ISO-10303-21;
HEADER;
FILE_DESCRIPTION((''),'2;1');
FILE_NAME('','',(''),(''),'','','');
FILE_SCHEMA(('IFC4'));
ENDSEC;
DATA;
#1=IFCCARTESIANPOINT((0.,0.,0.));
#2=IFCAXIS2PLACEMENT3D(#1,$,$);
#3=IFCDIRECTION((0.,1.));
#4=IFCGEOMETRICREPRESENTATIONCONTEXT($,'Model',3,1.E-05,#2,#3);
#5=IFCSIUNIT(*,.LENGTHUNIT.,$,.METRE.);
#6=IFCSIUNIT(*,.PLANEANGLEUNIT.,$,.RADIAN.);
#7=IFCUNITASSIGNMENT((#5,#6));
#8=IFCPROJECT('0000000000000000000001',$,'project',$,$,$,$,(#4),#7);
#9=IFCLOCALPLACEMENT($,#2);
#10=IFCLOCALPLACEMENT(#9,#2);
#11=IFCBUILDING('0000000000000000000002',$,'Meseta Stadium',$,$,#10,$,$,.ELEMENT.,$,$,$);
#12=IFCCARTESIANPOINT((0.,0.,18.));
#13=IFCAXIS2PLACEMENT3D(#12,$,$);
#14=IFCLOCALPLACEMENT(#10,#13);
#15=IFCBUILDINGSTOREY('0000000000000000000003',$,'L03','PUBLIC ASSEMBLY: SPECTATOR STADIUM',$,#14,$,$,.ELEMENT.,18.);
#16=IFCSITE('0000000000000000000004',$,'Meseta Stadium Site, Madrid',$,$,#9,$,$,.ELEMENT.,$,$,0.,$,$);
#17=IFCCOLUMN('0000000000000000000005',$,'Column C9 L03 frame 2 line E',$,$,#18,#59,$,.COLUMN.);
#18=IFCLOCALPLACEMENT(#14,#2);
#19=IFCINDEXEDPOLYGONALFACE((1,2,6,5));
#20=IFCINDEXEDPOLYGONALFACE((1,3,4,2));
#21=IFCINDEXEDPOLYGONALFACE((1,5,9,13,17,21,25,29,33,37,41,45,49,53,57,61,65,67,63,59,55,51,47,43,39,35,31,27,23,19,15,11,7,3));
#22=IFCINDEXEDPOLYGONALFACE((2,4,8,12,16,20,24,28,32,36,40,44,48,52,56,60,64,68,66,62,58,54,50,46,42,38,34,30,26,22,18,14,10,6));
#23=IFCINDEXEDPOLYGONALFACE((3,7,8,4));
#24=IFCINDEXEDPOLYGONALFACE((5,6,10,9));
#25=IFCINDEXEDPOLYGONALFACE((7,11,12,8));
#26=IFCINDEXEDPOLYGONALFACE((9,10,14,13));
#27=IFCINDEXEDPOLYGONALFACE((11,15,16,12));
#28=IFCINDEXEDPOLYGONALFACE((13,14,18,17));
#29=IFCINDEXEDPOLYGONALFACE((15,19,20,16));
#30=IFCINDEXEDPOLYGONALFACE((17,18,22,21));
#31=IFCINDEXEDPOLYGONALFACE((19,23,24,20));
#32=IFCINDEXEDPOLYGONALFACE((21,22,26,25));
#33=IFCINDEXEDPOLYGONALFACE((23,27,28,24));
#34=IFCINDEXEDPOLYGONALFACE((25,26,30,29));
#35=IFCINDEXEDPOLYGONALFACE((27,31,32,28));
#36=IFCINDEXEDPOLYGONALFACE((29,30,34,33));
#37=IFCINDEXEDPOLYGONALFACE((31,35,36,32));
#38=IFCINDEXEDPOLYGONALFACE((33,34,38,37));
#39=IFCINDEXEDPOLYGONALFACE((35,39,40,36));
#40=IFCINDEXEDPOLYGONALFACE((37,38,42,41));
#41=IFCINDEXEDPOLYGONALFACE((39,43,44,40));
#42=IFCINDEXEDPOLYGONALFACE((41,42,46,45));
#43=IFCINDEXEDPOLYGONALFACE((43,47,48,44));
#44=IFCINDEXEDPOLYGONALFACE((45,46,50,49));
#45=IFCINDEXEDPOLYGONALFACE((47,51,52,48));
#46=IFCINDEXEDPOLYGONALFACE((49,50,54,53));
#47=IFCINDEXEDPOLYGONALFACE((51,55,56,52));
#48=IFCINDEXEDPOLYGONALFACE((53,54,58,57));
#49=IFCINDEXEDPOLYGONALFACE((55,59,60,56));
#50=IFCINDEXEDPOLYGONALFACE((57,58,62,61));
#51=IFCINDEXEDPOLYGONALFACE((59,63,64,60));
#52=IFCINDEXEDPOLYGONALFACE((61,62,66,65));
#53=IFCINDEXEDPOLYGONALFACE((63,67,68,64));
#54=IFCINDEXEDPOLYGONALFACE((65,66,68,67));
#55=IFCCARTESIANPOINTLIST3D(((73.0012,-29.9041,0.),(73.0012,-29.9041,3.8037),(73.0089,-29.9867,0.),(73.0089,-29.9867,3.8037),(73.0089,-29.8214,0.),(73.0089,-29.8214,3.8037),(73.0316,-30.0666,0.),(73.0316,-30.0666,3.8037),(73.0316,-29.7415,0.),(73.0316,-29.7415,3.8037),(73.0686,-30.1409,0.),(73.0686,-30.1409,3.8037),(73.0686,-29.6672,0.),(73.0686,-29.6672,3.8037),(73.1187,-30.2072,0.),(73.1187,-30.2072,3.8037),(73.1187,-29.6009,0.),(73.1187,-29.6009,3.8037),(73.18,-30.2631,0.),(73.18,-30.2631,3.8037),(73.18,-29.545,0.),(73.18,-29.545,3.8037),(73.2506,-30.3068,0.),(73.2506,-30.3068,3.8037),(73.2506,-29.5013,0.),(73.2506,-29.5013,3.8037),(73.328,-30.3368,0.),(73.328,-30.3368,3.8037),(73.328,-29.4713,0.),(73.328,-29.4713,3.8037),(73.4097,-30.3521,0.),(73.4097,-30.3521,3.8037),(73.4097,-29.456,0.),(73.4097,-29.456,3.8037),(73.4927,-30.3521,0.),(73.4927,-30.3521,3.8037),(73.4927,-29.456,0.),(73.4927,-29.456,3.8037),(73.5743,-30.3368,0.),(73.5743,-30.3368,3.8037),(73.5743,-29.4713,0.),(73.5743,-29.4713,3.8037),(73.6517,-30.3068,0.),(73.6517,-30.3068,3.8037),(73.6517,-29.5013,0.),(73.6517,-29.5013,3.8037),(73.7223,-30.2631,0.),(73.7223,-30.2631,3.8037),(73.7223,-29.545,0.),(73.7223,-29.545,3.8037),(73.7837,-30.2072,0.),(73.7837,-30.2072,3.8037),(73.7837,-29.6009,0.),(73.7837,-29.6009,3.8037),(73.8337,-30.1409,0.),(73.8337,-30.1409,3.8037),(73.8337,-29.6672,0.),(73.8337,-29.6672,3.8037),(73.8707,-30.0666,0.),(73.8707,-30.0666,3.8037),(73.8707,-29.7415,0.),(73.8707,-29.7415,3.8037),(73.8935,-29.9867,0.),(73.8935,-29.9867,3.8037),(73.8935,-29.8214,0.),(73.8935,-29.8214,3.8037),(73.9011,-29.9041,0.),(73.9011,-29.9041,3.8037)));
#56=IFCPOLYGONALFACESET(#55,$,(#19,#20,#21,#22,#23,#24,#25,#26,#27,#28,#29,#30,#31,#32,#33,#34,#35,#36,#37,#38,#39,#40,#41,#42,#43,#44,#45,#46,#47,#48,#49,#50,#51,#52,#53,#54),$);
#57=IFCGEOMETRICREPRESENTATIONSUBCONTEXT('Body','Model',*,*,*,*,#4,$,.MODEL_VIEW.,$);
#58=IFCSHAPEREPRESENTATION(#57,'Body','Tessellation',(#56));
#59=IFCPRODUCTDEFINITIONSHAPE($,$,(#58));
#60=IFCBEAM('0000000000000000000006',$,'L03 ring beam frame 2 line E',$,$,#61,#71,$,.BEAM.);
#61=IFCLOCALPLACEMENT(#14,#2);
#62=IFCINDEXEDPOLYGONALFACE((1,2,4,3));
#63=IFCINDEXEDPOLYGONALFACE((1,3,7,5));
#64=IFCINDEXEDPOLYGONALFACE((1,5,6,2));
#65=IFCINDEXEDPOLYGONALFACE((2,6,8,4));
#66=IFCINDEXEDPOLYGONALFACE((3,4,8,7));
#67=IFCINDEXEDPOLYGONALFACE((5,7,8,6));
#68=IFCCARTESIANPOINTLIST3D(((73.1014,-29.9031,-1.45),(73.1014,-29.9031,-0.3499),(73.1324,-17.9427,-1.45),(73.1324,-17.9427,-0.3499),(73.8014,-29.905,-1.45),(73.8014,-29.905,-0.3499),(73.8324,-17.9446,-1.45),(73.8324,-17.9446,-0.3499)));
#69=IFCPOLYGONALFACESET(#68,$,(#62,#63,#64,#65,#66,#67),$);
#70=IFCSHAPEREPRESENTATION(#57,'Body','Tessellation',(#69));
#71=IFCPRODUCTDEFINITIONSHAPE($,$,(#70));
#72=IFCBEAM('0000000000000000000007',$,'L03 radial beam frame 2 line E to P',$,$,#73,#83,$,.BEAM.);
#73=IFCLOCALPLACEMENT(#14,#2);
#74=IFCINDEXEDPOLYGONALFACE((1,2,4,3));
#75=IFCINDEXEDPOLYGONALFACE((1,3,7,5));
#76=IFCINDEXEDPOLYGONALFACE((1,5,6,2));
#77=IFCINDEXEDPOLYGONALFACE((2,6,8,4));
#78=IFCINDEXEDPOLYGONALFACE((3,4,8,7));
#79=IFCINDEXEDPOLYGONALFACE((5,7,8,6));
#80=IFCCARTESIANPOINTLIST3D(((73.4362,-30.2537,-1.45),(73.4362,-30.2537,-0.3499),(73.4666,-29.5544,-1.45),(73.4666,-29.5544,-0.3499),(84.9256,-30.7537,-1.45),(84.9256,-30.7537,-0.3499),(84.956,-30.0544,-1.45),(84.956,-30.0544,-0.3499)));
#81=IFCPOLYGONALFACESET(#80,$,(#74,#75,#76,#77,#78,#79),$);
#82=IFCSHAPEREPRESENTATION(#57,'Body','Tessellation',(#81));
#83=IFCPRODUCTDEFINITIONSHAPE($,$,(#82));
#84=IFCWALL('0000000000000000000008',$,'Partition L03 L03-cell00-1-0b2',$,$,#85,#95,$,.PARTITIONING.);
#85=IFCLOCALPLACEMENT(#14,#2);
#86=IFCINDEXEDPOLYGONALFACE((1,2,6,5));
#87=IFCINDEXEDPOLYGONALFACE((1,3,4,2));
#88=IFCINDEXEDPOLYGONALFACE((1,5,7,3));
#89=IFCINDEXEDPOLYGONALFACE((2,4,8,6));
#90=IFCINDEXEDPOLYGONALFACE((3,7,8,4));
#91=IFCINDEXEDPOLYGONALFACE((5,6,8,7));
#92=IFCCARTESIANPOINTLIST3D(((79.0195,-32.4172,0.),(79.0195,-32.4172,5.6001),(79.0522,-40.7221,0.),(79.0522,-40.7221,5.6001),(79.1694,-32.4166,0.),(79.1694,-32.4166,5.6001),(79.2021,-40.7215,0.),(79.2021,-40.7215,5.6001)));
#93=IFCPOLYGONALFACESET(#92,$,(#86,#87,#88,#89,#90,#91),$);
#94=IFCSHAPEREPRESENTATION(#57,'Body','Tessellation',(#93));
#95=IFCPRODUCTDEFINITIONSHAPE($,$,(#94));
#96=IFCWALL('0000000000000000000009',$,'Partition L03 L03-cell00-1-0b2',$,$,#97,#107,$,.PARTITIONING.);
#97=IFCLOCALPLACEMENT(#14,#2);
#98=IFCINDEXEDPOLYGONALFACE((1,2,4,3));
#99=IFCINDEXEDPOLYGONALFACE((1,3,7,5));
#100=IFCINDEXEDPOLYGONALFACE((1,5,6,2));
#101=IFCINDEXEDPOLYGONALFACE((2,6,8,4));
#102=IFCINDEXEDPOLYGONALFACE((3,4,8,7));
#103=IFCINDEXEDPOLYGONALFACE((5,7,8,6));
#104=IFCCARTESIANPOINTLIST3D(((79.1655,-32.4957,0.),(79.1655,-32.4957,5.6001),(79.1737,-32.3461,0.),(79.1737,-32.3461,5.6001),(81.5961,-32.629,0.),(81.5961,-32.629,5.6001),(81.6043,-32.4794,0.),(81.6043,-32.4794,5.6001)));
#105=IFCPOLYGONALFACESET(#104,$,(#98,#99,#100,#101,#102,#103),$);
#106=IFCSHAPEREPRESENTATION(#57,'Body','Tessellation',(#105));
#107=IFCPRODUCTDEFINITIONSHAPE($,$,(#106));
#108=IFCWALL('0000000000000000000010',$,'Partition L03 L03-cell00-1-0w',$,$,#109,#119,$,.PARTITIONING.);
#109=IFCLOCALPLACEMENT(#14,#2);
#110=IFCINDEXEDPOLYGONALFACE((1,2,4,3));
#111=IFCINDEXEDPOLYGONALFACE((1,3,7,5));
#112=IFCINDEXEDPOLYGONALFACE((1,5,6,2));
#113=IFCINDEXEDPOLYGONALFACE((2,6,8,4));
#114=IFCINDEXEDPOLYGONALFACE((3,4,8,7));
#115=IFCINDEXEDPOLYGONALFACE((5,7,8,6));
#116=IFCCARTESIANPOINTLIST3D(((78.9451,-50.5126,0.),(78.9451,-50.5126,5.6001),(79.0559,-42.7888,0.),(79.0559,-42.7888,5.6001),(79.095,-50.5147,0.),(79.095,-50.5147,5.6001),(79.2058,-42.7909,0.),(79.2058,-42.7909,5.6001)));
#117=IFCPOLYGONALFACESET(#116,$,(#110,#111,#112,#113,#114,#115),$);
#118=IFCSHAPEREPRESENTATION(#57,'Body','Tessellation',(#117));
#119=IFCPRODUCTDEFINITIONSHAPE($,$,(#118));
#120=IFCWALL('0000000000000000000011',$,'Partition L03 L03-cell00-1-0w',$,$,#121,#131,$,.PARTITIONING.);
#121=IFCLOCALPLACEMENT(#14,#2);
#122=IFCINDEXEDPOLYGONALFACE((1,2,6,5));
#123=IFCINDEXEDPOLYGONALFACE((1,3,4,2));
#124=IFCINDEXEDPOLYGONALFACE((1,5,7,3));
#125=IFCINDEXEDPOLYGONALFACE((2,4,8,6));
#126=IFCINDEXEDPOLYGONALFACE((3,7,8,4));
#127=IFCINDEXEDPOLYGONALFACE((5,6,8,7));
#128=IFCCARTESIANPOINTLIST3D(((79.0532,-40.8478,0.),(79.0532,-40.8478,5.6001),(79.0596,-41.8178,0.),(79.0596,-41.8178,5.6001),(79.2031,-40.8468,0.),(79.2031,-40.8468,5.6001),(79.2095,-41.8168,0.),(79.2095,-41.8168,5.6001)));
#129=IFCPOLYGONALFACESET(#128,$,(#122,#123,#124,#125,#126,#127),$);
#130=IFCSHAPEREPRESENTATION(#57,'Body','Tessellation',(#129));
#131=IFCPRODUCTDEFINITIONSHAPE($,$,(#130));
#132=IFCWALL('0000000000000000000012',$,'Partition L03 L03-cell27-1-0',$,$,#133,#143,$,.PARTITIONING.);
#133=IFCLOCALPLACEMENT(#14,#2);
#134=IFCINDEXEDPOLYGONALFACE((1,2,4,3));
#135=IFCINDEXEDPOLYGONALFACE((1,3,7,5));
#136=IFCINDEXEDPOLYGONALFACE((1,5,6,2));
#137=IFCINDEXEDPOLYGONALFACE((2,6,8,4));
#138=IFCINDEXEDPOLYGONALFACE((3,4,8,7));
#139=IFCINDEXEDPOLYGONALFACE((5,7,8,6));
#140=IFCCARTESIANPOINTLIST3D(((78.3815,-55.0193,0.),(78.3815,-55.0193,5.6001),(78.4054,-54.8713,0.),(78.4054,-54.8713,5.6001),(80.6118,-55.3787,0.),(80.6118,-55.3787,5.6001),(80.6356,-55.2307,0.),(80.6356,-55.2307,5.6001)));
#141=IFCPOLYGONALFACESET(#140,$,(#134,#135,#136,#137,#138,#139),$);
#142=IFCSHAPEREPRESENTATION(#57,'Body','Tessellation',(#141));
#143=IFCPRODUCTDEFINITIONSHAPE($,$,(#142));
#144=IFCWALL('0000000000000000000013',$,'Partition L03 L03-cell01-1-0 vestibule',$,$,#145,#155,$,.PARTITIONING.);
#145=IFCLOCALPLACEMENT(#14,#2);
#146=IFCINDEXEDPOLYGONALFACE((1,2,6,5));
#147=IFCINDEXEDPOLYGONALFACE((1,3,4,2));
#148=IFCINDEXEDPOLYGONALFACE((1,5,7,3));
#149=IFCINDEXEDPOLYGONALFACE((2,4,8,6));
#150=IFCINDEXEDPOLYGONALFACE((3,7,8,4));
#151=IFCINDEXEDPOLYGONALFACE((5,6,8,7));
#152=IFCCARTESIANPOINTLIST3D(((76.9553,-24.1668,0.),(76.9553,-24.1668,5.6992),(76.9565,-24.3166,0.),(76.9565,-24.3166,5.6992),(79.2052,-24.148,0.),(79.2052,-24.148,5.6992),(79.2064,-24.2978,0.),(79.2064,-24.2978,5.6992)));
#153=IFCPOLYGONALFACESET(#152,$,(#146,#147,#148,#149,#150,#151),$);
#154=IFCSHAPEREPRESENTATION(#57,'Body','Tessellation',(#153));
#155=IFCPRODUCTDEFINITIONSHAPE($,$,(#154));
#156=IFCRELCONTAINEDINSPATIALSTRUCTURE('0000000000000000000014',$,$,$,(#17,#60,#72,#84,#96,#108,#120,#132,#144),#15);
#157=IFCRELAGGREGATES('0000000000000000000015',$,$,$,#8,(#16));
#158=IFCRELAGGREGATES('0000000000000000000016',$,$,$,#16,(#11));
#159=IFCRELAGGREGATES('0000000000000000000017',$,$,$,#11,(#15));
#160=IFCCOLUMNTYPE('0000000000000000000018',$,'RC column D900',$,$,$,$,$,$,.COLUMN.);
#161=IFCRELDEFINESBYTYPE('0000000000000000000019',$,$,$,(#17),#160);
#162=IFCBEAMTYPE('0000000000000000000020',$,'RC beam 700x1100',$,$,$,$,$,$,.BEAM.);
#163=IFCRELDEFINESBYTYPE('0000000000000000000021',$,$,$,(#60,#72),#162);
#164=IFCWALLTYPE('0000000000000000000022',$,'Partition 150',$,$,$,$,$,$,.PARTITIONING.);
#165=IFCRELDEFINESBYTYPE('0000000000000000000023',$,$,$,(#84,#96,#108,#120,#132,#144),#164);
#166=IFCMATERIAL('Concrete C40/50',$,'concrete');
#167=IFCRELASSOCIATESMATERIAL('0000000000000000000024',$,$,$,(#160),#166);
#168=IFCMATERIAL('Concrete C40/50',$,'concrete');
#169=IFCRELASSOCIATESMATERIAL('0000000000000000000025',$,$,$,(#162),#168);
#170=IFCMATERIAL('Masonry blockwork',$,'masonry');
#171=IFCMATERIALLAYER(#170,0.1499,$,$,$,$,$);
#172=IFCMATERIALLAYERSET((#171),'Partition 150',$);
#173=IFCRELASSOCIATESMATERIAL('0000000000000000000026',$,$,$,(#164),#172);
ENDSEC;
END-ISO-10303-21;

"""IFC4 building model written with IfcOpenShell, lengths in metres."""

from ifc_helpers import new_model, si_unit, direction, frame, frame_2d, origin, origin_2d, place, context, subcontext, project, spatial, rectangle, circle, extrude, material, layer, layer_set, material_profile, profile_set, type_object, element, save


model = new_model("IFC4")

# Units and contexts
model_context = context("Model", 3, precision=1e-05, world=origin(), true_north=direction((0.0, 1.0)))
body_context = subcontext(model_context, "Body", "Model", "MODEL_VIEW")
ifc_project = project(units=[si_unit("LENGTHUNIT", "METRE"), si_unit("PLANEANGLEUNIT", "RADIAN")], contexts=[model_context])

# Site, building, storey
site_placement = place(None, origin())
site = spatial("IfcSite", under=ifc_project, at=site_placement, Name="Meseta Stadium Site, Madrid", CompositionType="ELEMENT", RefElevation=0.0)
building_placement = place(site_placement, origin())
building = spatial("IfcBuilding", under=site, at=building_placement, Name="Meseta Stadium", CompositionType="ELEMENT")
storey_placement = place(building_placement, frame((0.0, 0.0, 18.0)))
storey = spatial("IfcBuildingStorey", under=building, at=storey_placement, Name="L03", Description="PUBLIC ASSEMBLY: SPECTATOR STADIUM", CompositionType="ELEMENT", Elevation=18.0)

# Column
ifc_material_1 = material(Name="Concrete C40/50", Category="concrete")
ifc_material_profile_1 = material_profile(ifc_material_1, circle(Radius=0.45, at=origin_2d()), Name="RC D900")
ifc_profile_set_1 = profile_set([ifc_material_profile_1], Name="Concrete C40/50")
column_type = type_object("IfcColumnType", Name="RC column D900", PredefinedType="COLUMN", material=ifc_profile_set_1)
column_placement = place(storey_placement, frame((73.4512, -29.9041, 0.0), z_axis=(0.0, 0.0, 1.0), x_axis=(1.0, 0.0, 0.0)))
element("IfcColumn", 1, at=column_placement, inside=storey, type_object=column_type, Name="Column C9 L03 frame 2 line E", PredefinedType="COLUMN", context=body_context, shape_type="SweptSolid", body=[
    extrude(circle(Radius=0.45, at=origin_2d()), origin(), (0.0, 0.0, 1.0), 3.8037),
])

# Beams
ifc_material_2 = material(Name="Concrete C40/50", Category="concrete")
ifc_material_profile_2 = material_profile(ifc_material_2, rectangle(XDim=0.7, YDim=1.1001, at=origin_2d()), Name="RC 700x1100")
ifc_profile_set_2 = profile_set([ifc_material_profile_2], Name="Concrete C40/50")
beam_type = type_object("IfcBeamType", Name="RC beam 700x1100", PredefinedType="BEAM", material=ifc_profile_set_2)
beam_1_placement = place(storey_placement, frame((73.4514, -29.9041, -0.8999), z_axis=(0.002592, 0.999997, 0.0), x_axis=(-0.999997, 0.002592, 0.0)))
element("IfcBeam", 2, at=beam_1_placement, inside=storey, type_object=beam_type, Name="L03 ring beam frame 2 line E", PredefinedType="BEAM", context=body_context, shape_type="SweptSolid", body=[
    extrude(rectangle(XDim=0.7, YDim=1.1001, at=origin_2d()), origin(), (0.0, 0.0, 1.0), 11.9604),
])
beam_2_placement = place(storey_placement, frame((73.4514, -29.9041, -0.8999), z_axis=(0.999054, -0.043478, 0.0), x_axis=(0.043478, 0.999054, 0.0)))
element("IfcBeam", 3, at=beam_2_placement, inside=storey, type_object=beam_type, Name="L03 radial beam frame 2 line E to P", PredefinedType="BEAM", context=body_context, shape_type="SweptSolid", body=[
    extrude(rectangle(XDim=0.7, YDim=1.1001, at=origin_2d()), origin(), (0.0, 0.0, 1.0), 11.5002),
])

# Walls
ifc_material_3 = material(Name="Masonry blockwork", Category="masonry")
ifc_layer = layer(ifc_material_3, 0.1499)
ifc_layer_set = layer_set([ifc_layer], Name="Partition 150")
wall_type = type_object("IfcWallType", Name="Partition 150", PredefinedType="PARTITIONING", material=ifc_layer_set)
wall_1_placement = place(storey_placement, frame((79.1272, -40.7217, 0.0), z_axis=(0.0, 0.0, 1.0), x_axis=(-0.003939, 0.999992, 0.0)))
element("IfcWall", 4, at=wall_1_placement, inside=storey, type_object=wall_type, Name="Partition L03 L03-cell00-1-0b2", PredefinedType="PARTITIONING", context=body_context, shape_type="SweptSolid", body=[
    extrude(rectangle(XDim=8.3049, YDim=0.1499, at=frame_2d((4.1523, 0.0))), origin(), (0.0, 0.0, 1.0), 5.6001),
])
wall_2_placement = place(storey_placement, frame((79.1694, -32.4209, 0.0), z_axis=(0.0, 0.0, 1.0), x_axis=(0.9985, -0.054759, 0.0)))
element("IfcWall", 5, at=wall_2_placement, inside=storey, type_object=wall_type, Name="Partition L03 L03-cell00-1-0b2", PredefinedType="PARTITIONING", context=body_context, shape_type="SweptSolid", body=[
    extrude(rectangle(XDim=2.4343, YDim=0.1499, at=frame_2d((1.2173, 0.0))), origin(), (0.0, 0.0, 1.0), 5.6001),
])
wall_3_placement = place(storey_placement, frame((79.02, -50.5137, 0.0), z_axis=(0.0, 0.0, 1.0), x_axis=(0.014349, 0.999897, 0.0)))
element("IfcWall", 6, at=wall_3_placement, inside=storey, type_object=wall_type, Name="Partition L03 L03-cell00-1-0w", PredefinedType="PARTITIONING", context=body_context, shape_type="SweptSolid", body=[
    extrude(rectangle(XDim=7.7246, YDim=0.1499, at=frame_2d((3.8623, 0.0))), origin(), (0.0, 0.0, 1.0), 5.6001),
])
wall_4_placement = place(storey_placement, frame((79.1345, -41.8171, 0.0), z_axis=(0.0, 0.0, 1.0), x_axis=(-0.006544, 0.999979, 0.0)))
element("IfcWall", 7, at=wall_4_placement, inside=storey, type_object=wall_type, Name="Partition L03 L03-cell00-1-0w", PredefinedType="PARTITIONING", context=body_context, shape_type="SweptSolid", body=[
    extrude(rectangle(XDim=0.97, YDim=0.1499, at=frame_2d((0.4849, 0.0))), origin(), (0.0, 0.0, 1.0), 5.6001),
])
wall_5_placement = place(storey_placement, frame((78.3936, -54.9453, 0.0), z_axis=(0.0, 0.0, 1.0), x_axis=(0.987265, -0.159086, 0.0)))
element("IfcWall", 8, at=wall_5_placement, inside=storey, type_object=wall_type, Name="Partition L03 L03-cell27-1-0", PredefinedType="PARTITIONING", context=body_context, shape_type="SweptSolid", body=[
    extrude(rectangle(XDim=2.259, YDim=0.1499, at=frame_2d((1.1294, 0.0))), origin(), (0.0, 0.0, 1.0), 5.6001),
])
wall_6_placement = place(storey_placement, frame((79.2058, -24.2229, 0.0), z_axis=(0.0, 0.0, 1.0), x_axis=(-0.999965, -0.008355, 0.0)))
element("IfcWall", 9, at=wall_6_placement, inside=storey, type_object=wall_type, Name="Partition L03 L03-cell01-1-0 vestibule", PredefinedType="PARTITIONING", context=body_context, shape_type="SweptSolid", body=[
    extrude(rectangle(XDim=2.25, YDim=0.1499, at=frame_2d((1.125, 0.0))), origin(), (0.0, 0.0, 1.0), 5.6992),
])

save(model, "model.ifc")
